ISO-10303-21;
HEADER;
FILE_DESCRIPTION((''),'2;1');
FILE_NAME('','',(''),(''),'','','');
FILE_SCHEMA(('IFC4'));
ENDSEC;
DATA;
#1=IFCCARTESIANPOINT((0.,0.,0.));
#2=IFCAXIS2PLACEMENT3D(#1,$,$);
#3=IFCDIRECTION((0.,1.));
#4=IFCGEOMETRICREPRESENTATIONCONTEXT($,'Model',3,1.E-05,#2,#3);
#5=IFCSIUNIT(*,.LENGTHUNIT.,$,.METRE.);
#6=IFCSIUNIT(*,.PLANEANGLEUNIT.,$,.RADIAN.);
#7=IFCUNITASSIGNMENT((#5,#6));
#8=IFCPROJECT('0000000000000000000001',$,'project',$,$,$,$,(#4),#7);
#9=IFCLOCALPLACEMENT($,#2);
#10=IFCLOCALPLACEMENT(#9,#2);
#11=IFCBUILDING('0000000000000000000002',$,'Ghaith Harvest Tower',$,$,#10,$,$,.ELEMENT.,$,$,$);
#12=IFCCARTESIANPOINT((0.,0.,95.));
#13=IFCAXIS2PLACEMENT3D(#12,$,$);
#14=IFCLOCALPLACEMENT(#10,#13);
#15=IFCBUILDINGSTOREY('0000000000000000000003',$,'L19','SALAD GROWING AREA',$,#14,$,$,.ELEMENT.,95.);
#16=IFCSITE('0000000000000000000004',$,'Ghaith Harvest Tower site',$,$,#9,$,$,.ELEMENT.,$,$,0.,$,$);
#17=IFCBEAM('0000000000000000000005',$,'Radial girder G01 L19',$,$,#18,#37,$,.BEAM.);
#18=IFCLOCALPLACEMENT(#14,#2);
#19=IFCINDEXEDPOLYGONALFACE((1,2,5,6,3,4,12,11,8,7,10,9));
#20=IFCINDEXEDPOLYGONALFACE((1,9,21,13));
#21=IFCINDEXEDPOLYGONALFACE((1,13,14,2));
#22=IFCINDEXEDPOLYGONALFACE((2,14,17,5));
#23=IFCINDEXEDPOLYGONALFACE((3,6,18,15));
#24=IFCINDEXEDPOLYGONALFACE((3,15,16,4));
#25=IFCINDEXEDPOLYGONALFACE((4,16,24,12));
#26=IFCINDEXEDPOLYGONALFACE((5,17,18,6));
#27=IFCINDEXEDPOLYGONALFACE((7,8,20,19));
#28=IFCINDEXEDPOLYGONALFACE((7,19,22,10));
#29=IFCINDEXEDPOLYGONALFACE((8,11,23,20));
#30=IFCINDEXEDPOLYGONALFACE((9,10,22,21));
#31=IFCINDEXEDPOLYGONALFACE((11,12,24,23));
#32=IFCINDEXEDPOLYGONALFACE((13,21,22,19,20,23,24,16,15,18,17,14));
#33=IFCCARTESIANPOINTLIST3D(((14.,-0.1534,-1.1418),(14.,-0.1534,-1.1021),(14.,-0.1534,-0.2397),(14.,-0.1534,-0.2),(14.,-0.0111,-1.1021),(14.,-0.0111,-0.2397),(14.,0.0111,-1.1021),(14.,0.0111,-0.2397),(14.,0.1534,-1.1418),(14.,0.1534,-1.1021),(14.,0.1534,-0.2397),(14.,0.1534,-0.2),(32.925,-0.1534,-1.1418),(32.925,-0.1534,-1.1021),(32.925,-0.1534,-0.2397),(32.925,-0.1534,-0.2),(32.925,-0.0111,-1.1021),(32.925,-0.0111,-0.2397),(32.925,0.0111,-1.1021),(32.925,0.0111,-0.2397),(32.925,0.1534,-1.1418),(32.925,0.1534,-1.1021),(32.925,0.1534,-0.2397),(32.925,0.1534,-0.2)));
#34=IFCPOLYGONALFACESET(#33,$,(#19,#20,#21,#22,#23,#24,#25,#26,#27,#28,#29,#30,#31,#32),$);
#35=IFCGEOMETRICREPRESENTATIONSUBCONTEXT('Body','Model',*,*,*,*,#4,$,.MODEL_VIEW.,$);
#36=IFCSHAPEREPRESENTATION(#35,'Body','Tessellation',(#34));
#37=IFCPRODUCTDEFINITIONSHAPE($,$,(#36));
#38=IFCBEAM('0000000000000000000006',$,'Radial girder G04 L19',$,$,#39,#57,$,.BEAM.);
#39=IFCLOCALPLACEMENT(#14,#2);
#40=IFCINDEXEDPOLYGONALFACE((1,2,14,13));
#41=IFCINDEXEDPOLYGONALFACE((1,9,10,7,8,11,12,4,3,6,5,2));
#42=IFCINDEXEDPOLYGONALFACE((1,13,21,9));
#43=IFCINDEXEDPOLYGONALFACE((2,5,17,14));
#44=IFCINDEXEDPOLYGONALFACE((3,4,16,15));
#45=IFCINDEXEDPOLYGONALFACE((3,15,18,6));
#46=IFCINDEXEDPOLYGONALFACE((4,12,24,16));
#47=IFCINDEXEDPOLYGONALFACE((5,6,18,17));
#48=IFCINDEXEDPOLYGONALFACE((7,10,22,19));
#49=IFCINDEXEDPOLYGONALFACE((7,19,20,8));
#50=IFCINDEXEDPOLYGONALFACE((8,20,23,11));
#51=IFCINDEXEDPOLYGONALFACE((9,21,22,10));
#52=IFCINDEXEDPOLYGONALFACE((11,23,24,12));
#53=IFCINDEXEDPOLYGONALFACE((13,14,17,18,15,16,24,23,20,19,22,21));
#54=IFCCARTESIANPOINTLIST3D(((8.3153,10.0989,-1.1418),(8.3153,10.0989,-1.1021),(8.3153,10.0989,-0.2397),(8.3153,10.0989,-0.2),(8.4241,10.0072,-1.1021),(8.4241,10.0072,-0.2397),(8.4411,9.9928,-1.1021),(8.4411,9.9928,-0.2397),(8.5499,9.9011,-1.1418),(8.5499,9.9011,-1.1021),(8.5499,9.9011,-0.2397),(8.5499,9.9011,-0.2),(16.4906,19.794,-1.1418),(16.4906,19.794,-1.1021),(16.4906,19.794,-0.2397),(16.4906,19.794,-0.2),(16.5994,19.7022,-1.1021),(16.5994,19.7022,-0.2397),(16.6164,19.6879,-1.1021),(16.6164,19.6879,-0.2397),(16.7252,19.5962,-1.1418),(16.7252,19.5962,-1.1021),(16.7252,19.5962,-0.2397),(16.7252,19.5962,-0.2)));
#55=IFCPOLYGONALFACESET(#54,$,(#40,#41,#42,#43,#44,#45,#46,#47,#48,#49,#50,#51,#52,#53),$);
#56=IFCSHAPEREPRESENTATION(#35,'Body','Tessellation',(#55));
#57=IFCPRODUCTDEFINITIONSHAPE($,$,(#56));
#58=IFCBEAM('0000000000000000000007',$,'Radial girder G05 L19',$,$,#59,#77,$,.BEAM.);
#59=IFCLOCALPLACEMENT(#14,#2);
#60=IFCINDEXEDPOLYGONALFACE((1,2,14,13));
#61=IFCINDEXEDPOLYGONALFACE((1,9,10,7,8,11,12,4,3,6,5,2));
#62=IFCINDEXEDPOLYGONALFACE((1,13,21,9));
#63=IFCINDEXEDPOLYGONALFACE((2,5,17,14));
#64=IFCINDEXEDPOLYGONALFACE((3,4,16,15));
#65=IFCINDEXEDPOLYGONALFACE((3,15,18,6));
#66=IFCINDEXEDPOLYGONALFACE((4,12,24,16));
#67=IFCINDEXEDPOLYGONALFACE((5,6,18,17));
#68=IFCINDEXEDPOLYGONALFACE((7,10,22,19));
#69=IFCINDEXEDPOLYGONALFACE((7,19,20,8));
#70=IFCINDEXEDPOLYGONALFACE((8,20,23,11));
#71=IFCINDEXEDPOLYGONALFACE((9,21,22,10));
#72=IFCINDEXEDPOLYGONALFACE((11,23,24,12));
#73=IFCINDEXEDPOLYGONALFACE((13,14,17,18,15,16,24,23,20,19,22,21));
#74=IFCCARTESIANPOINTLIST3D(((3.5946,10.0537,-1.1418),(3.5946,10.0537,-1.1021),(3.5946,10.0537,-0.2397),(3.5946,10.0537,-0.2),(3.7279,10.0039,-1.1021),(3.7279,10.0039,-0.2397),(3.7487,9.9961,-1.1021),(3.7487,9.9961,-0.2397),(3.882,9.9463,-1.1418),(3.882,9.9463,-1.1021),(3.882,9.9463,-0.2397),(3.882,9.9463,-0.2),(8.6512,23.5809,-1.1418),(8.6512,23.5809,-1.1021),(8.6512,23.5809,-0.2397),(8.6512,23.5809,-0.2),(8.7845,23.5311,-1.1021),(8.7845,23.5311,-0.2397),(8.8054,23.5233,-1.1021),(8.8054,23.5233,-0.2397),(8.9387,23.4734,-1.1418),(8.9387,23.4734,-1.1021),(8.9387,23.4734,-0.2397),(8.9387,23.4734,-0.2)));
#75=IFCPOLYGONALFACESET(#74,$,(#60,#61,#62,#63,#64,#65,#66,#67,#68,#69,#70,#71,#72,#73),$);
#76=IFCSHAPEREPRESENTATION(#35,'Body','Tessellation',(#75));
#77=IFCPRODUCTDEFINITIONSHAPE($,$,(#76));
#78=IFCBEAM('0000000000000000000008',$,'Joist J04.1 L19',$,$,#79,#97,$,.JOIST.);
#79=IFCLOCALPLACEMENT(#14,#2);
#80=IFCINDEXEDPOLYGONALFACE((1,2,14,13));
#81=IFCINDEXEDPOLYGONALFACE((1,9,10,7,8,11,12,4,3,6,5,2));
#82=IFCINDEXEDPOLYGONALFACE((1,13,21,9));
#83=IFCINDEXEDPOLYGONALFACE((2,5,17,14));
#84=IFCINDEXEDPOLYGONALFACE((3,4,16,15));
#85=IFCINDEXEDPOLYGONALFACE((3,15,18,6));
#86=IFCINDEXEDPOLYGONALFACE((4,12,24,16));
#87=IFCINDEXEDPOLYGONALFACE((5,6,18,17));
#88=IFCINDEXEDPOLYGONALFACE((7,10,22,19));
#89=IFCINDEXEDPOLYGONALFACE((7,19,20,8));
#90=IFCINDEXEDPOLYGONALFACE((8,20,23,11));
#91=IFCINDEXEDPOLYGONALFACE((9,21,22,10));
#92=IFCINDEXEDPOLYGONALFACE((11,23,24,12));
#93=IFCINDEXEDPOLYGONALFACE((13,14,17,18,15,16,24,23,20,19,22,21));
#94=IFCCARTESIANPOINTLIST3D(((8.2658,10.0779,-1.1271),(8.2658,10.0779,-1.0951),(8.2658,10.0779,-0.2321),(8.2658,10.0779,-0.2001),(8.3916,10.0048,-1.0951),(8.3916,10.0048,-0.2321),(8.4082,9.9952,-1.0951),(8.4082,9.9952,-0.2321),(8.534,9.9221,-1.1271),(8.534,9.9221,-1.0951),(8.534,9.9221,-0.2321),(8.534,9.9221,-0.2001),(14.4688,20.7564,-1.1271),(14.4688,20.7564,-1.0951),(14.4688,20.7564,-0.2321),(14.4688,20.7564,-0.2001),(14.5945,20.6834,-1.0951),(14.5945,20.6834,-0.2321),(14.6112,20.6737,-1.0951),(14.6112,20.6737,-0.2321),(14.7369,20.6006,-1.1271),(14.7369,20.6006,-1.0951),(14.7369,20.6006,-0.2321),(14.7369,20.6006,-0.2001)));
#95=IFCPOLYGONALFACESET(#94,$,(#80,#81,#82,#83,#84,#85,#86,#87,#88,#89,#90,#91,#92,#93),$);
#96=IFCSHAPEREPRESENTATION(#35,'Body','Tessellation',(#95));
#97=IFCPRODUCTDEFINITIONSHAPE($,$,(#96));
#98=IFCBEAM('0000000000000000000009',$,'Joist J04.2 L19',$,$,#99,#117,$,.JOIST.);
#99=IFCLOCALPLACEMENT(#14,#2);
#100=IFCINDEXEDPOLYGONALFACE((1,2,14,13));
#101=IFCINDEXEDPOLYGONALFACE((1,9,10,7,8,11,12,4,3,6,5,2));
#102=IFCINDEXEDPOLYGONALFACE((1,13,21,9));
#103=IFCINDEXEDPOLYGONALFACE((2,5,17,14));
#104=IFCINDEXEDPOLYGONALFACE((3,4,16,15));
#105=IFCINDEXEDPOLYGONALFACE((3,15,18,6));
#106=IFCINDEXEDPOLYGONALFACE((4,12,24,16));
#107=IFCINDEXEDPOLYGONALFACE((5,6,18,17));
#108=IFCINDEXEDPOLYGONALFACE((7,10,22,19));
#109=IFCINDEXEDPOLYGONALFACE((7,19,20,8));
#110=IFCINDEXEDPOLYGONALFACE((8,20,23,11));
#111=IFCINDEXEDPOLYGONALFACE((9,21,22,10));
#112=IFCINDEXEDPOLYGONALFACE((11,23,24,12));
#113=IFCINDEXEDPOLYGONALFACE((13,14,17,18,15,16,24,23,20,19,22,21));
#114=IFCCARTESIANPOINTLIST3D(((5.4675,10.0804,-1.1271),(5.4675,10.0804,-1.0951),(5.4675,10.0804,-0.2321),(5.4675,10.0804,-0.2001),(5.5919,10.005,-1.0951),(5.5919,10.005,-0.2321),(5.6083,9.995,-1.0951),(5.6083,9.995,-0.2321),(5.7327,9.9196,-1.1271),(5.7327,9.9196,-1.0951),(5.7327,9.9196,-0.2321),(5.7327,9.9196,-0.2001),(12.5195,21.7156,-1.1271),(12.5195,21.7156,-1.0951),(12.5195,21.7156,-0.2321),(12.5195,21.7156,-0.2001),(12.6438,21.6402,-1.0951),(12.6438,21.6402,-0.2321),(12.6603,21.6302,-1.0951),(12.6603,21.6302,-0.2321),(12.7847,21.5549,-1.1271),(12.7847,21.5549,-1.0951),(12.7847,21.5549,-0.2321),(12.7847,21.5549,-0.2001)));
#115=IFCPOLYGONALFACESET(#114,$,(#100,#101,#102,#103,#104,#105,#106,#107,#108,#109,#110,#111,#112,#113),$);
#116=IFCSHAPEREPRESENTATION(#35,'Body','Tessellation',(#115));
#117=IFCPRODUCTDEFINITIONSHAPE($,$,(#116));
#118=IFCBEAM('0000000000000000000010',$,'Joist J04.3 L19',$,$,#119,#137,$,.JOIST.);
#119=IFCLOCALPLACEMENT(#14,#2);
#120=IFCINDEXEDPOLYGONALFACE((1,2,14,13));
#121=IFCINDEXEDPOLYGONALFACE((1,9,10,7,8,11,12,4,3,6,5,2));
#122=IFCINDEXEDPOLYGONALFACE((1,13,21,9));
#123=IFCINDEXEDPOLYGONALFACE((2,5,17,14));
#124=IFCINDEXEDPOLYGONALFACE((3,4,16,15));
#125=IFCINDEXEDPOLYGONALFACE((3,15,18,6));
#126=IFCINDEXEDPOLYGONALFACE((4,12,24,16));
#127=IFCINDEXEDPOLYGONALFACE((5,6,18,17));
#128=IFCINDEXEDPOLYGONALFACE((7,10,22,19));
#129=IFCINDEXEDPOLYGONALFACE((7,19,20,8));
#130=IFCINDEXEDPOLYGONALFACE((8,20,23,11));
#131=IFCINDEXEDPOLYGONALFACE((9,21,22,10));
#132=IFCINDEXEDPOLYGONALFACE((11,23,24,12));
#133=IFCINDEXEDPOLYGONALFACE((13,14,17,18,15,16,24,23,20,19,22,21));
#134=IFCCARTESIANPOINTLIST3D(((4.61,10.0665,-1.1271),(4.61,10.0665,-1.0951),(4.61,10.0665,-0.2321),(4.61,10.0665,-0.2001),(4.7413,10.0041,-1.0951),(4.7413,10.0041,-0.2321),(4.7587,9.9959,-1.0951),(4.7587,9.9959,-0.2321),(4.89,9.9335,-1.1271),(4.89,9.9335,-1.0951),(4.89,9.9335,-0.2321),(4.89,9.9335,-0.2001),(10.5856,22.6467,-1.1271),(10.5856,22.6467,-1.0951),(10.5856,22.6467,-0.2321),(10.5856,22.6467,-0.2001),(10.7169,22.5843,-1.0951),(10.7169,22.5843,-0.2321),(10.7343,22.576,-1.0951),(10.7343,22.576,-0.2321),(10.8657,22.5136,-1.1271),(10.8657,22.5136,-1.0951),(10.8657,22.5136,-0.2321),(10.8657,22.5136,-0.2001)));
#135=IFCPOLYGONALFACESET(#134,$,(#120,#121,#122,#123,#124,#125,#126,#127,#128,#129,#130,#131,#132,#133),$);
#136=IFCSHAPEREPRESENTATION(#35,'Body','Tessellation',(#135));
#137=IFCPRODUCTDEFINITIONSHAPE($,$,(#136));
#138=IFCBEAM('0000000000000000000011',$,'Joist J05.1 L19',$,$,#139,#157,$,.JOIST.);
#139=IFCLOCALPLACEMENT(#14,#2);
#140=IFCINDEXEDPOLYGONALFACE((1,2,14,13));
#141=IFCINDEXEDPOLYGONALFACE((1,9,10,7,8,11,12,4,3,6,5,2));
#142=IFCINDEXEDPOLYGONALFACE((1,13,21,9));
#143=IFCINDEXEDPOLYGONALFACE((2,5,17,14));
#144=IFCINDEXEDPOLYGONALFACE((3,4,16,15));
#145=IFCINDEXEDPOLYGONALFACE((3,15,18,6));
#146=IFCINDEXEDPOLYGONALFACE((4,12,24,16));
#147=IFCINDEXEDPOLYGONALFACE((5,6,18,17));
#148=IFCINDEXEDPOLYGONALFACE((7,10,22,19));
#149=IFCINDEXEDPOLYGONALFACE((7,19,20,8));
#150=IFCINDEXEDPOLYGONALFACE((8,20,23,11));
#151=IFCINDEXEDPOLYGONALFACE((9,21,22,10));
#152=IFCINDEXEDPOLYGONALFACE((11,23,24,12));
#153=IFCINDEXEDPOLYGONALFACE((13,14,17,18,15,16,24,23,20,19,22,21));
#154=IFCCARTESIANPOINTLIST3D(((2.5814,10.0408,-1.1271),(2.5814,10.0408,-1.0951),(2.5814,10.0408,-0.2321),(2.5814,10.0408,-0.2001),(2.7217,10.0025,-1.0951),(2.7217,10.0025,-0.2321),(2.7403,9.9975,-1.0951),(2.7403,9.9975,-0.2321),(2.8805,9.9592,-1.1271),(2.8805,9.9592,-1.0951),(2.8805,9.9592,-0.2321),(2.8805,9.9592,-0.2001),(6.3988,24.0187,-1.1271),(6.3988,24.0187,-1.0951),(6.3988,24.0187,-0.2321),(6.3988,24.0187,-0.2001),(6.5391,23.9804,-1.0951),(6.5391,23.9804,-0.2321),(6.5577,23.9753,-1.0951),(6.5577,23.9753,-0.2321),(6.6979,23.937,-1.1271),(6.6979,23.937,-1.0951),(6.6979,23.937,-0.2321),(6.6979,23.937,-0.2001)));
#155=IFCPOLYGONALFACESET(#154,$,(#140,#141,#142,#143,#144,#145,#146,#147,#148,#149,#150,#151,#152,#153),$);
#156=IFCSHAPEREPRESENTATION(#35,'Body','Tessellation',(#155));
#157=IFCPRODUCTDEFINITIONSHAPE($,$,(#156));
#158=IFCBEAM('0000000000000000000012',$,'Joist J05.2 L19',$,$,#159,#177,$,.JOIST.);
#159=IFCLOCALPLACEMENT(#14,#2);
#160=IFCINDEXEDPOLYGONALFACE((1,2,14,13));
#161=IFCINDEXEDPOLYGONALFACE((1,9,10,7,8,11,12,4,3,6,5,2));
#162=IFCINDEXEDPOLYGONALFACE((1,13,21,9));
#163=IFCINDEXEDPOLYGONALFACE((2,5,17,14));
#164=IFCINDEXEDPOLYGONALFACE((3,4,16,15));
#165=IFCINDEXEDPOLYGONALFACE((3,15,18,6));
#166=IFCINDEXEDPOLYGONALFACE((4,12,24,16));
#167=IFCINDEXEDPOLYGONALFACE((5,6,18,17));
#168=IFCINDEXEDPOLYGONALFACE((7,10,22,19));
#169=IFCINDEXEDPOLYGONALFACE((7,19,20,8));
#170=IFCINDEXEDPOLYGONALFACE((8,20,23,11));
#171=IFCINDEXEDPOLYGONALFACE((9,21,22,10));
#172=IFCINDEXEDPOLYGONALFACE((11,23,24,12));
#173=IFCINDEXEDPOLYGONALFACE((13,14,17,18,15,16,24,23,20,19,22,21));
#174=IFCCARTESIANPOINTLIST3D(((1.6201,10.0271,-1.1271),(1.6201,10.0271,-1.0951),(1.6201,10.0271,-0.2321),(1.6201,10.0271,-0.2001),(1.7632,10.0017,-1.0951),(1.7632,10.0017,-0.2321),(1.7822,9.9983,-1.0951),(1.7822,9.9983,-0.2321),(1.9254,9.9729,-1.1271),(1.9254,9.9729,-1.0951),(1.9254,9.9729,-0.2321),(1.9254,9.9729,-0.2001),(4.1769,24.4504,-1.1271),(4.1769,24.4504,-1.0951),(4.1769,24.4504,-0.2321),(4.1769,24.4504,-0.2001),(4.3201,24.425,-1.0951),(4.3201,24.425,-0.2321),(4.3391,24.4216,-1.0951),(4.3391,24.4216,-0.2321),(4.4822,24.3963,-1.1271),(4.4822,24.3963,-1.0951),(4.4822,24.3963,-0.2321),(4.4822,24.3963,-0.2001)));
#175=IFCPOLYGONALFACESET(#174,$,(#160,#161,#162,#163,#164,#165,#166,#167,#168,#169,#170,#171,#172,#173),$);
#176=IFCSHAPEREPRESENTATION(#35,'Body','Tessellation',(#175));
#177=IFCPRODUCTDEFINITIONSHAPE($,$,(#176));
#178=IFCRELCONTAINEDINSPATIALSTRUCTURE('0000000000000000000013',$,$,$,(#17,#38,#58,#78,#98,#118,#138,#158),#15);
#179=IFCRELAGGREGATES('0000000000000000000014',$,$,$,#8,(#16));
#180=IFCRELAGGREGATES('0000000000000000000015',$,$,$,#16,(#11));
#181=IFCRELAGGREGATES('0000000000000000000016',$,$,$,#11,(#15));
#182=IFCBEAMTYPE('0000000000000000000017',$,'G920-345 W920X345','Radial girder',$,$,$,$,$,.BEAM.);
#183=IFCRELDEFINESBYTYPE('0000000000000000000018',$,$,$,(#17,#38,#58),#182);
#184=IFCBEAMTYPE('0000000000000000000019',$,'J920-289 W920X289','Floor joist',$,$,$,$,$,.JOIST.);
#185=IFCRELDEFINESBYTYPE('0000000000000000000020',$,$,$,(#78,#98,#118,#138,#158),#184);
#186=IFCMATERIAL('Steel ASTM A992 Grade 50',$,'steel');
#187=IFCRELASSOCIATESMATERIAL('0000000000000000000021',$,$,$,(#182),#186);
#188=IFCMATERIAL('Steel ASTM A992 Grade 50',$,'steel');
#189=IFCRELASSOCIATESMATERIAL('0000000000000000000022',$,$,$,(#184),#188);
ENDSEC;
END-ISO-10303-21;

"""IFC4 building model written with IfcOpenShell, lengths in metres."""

from ifc_helpers import new_model, si_unit, direction, frame, origin, origin_2d, place, context, subcontext, project, spatial, i_section, extrude, material, material_profile, profile_set, type_object, element, save


model = new_model("IFC4")

# Units and contexts
model_context = context("Model", 3, precision=1e-05, world=origin(), true_north=direction((0.0, 1.0)))
body_context = subcontext(model_context, "Body", "Model", "MODEL_VIEW")
ifc_project = project(units=[si_unit("LENGTHUNIT", "METRE"), si_unit("PLANEANGLEUNIT", "RADIAN")], contexts=[model_context])

# Site, building, storey
site_placement = place(None, origin())
site = spatial("IfcSite", under=ifc_project, at=site_placement, Name="Ghaith Harvest Tower site", CompositionType="ELEMENT", RefElevation=0.0)
building_placement = place(site_placement, origin())
building = spatial("IfcBuilding", under=site, at=building_placement, Name="Ghaith Harvest Tower", CompositionType="ELEMENT")
storey_placement = place(building_placement, frame((0.0, 0.0, 95.0)))
storey = spatial("IfcBuildingStorey", under=building, at=storey_placement, Name="L19", Description="SALAD GROWING AREA", CompositionType="ELEMENT", Elevation=95.0)

# Beams
ifc_material_1 = material(Name="Steel ASTM A992 Grade 50", Category="steel")
ifc_material_profile_1 = material_profile(ifc_material_1, i_section(OverallWidth=0.3069, OverallDepth=0.9419, WebThickness=0.0222, FlangeThickness=0.0398, at=origin_2d()), Name="W920X345")
ifc_profile_set_1 = profile_set([ifc_material_profile_1], Name="Steel ASTM A992 Grade 50")
beam_type_1 = type_object("IfcBeamType", Name="G920-345 W920X345", Description="Radial girder", PredefinedType="BEAM", material=ifc_profile_set_1)
beam_1_placement = place(storey_placement, frame((14.0, 0.0, -0.6709), z_axis=(1.0, 0.0, 0.0), x_axis=(0.0, 1.0, 0.0)))
element("IfcBeam", 1, at=beam_1_placement, inside=storey, type_object=beam_type_1, Name="Radial girder G01 L19", PredefinedType="BEAM", context=body_context, shape_type="SweptSolid", body=[
    extrude(i_section(OverallWidth=0.3069, OverallDepth=0.9419, WebThickness=0.0222, FlangeThickness=0.0398, at=origin_2d()), origin(), (0.0, 0.0, 1.0), 18.925),
])
beam_2_placement = place(storey_placement, frame((8.4326, 10.0, -0.6709), z_axis=(0.644644, 0.764483, 0.0), x_axis=(-0.764483, 0.644644, 0.0)))
element("IfcBeam", 2, at=beam_2_placement, inside=storey, type_object=beam_type_1, Name="Radial girder G04 L19", PredefinedType="BEAM", context=body_context, shape_type="SweptSolid", body=[
    extrude(i_section(OverallWidth=0.3069, OverallDepth=0.9419, WebThickness=0.0222, FlangeThickness=0.0398, at=origin_2d()), origin(), (0.0, 0.0, 1.0), 12.6819),
])
beam_3_placement = place(storey_placement, frame((3.7383, 10.0, -0.6709), z_axis=(0.350151, 0.936693, 0.0), x_axis=(-0.936693, 0.350151, 0.0)))
element("IfcBeam", 3, at=beam_3_placement, inside=storey, type_object=beam_type_1, Name="Radial girder G05 L19", PredefinedType="BEAM", context=body_context, shape_type="SweptSolid", body=[
    extrude(i_section(OverallWidth=0.3069, OverallDepth=0.9419, WebThickness=0.0222, FlangeThickness=0.0398, at=origin_2d()), origin(), (0.0, 0.0, 1.0), 14.4414),
])
ifc_material_2 = material(Name="Steel ASTM A992 Grade 50", Category="steel")
ifc_material_profile_2 = material_profile(ifc_material_2, i_section(OverallWidth=0.3101, OverallDepth=0.927, WebThickness=0.0193, FlangeThickness=0.032, at=origin_2d()), Name="W920X289")
ifc_profile_set_2 = profile_set([ifc_material_profile_2], Name="Steel ASTM A992 Grade 50")
beam_type_2 = type_object("IfcBeamType", Name="J920-289 W920X289", Description="Floor joist", PredefinedType="JOIST", material=ifc_profile_set_2)
beam_4_placement = place(storey_placement, frame((8.3999, 10.0, -0.6636), z_axis=(0.502286, 0.864702, 0.0), x_axis=(-0.864702, 0.502286, 0.0)))
element("IfcBeam", 4, at=beam_4_placement, inside=storey, type_object=beam_type_2, Name="Joist J04.1 L19", PredefinedType="JOIST", context=body_context, shape_type="SweptSolid", body=[
    extrude(i_section(OverallWidth=0.3101, OverallDepth=0.927, WebThickness=0.0193, FlangeThickness=0.032, at=origin_2d()), origin(), (0.0, 0.0, 1.0), 12.3494),
])
beam_5_placement = place(storey_placement, frame((5.6001, 10.0, -0.6636), z_axis=(0.51832, 0.855187, 0.0), x_axis=(-0.855187, 0.51832, 0.0)))
element("IfcBeam", 5, at=beam_5_placement, inside=storey, type_object=beam_type_2, Name="Joist J04.2 L19", PredefinedType="JOIST", context=body_context, shape_type="SweptSolid", body=[
    extrude(i_section(OverallWidth=0.3101, OverallDepth=0.927, WebThickness=0.0193, FlangeThickness=0.032, at=origin_2d()), origin(), (0.0, 0.0, 1.0), 13.6055),
])
beam_6_placement = place(storey_placement, frame((4.75, 10.0, -0.6636), z_axis=(0.42906, 0.903276, 0.0), x_axis=(-0.903276, 0.42906, 0.0)))
element("IfcBeam", 6, at=beam_6_placement, inside=storey, type_object=beam_type_2, Name="Joist J04.3 L19", PredefinedType="JOIST", context=body_context, shape_type="SweptSolid", body=[
    extrude(i_section(OverallWidth=0.3101, OverallDepth=0.927, WebThickness=0.0193, FlangeThickness=0.032, at=origin_2d()), origin(), (0.0, 0.0, 1.0), 13.9272),
])
beam_7_placement = place(storey_placement, frame((2.731, 10.0, -0.6636), z_axis=(0.263455, 0.964672, 0.0), x_axis=(-0.964672, 0.263455, 0.0)))
element("IfcBeam", 7, at=beam_7_placement, inside=storey, type_object=beam_type_2, Name="Joist J05.1 L19", PredefinedType="JOIST", context=body_context, shape_type="SweptSolid", body=[
    extrude(i_section(OverallWidth=0.3101, OverallDepth=0.927, WebThickness=0.0193, FlangeThickness=0.032, at=origin_2d()), origin(), (0.0, 0.0, 1.0), 14.4897),
])
beam_8_placement = place(storey_placement, frame((1.7727, 10.0, -0.6636), z_axis=(0.174553, 0.984648, 0.0), x_axis=(-0.984648, 0.174553, 0.0)))
element("IfcBeam", 8, at=beam_8_placement, inside=storey, type_object=beam_type_2, Name="Joist J05.2 L19", PredefinedType="JOIST", context=body_context, shape_type="SweptSolid", body=[
    extrude(i_section(OverallWidth=0.3101, OverallDepth=0.927, WebThickness=0.0193, FlangeThickness=0.032, at=origin_2d()), origin(), (0.0, 0.0, 1.0), 14.6482),
])

save(model, "model.ifc")
